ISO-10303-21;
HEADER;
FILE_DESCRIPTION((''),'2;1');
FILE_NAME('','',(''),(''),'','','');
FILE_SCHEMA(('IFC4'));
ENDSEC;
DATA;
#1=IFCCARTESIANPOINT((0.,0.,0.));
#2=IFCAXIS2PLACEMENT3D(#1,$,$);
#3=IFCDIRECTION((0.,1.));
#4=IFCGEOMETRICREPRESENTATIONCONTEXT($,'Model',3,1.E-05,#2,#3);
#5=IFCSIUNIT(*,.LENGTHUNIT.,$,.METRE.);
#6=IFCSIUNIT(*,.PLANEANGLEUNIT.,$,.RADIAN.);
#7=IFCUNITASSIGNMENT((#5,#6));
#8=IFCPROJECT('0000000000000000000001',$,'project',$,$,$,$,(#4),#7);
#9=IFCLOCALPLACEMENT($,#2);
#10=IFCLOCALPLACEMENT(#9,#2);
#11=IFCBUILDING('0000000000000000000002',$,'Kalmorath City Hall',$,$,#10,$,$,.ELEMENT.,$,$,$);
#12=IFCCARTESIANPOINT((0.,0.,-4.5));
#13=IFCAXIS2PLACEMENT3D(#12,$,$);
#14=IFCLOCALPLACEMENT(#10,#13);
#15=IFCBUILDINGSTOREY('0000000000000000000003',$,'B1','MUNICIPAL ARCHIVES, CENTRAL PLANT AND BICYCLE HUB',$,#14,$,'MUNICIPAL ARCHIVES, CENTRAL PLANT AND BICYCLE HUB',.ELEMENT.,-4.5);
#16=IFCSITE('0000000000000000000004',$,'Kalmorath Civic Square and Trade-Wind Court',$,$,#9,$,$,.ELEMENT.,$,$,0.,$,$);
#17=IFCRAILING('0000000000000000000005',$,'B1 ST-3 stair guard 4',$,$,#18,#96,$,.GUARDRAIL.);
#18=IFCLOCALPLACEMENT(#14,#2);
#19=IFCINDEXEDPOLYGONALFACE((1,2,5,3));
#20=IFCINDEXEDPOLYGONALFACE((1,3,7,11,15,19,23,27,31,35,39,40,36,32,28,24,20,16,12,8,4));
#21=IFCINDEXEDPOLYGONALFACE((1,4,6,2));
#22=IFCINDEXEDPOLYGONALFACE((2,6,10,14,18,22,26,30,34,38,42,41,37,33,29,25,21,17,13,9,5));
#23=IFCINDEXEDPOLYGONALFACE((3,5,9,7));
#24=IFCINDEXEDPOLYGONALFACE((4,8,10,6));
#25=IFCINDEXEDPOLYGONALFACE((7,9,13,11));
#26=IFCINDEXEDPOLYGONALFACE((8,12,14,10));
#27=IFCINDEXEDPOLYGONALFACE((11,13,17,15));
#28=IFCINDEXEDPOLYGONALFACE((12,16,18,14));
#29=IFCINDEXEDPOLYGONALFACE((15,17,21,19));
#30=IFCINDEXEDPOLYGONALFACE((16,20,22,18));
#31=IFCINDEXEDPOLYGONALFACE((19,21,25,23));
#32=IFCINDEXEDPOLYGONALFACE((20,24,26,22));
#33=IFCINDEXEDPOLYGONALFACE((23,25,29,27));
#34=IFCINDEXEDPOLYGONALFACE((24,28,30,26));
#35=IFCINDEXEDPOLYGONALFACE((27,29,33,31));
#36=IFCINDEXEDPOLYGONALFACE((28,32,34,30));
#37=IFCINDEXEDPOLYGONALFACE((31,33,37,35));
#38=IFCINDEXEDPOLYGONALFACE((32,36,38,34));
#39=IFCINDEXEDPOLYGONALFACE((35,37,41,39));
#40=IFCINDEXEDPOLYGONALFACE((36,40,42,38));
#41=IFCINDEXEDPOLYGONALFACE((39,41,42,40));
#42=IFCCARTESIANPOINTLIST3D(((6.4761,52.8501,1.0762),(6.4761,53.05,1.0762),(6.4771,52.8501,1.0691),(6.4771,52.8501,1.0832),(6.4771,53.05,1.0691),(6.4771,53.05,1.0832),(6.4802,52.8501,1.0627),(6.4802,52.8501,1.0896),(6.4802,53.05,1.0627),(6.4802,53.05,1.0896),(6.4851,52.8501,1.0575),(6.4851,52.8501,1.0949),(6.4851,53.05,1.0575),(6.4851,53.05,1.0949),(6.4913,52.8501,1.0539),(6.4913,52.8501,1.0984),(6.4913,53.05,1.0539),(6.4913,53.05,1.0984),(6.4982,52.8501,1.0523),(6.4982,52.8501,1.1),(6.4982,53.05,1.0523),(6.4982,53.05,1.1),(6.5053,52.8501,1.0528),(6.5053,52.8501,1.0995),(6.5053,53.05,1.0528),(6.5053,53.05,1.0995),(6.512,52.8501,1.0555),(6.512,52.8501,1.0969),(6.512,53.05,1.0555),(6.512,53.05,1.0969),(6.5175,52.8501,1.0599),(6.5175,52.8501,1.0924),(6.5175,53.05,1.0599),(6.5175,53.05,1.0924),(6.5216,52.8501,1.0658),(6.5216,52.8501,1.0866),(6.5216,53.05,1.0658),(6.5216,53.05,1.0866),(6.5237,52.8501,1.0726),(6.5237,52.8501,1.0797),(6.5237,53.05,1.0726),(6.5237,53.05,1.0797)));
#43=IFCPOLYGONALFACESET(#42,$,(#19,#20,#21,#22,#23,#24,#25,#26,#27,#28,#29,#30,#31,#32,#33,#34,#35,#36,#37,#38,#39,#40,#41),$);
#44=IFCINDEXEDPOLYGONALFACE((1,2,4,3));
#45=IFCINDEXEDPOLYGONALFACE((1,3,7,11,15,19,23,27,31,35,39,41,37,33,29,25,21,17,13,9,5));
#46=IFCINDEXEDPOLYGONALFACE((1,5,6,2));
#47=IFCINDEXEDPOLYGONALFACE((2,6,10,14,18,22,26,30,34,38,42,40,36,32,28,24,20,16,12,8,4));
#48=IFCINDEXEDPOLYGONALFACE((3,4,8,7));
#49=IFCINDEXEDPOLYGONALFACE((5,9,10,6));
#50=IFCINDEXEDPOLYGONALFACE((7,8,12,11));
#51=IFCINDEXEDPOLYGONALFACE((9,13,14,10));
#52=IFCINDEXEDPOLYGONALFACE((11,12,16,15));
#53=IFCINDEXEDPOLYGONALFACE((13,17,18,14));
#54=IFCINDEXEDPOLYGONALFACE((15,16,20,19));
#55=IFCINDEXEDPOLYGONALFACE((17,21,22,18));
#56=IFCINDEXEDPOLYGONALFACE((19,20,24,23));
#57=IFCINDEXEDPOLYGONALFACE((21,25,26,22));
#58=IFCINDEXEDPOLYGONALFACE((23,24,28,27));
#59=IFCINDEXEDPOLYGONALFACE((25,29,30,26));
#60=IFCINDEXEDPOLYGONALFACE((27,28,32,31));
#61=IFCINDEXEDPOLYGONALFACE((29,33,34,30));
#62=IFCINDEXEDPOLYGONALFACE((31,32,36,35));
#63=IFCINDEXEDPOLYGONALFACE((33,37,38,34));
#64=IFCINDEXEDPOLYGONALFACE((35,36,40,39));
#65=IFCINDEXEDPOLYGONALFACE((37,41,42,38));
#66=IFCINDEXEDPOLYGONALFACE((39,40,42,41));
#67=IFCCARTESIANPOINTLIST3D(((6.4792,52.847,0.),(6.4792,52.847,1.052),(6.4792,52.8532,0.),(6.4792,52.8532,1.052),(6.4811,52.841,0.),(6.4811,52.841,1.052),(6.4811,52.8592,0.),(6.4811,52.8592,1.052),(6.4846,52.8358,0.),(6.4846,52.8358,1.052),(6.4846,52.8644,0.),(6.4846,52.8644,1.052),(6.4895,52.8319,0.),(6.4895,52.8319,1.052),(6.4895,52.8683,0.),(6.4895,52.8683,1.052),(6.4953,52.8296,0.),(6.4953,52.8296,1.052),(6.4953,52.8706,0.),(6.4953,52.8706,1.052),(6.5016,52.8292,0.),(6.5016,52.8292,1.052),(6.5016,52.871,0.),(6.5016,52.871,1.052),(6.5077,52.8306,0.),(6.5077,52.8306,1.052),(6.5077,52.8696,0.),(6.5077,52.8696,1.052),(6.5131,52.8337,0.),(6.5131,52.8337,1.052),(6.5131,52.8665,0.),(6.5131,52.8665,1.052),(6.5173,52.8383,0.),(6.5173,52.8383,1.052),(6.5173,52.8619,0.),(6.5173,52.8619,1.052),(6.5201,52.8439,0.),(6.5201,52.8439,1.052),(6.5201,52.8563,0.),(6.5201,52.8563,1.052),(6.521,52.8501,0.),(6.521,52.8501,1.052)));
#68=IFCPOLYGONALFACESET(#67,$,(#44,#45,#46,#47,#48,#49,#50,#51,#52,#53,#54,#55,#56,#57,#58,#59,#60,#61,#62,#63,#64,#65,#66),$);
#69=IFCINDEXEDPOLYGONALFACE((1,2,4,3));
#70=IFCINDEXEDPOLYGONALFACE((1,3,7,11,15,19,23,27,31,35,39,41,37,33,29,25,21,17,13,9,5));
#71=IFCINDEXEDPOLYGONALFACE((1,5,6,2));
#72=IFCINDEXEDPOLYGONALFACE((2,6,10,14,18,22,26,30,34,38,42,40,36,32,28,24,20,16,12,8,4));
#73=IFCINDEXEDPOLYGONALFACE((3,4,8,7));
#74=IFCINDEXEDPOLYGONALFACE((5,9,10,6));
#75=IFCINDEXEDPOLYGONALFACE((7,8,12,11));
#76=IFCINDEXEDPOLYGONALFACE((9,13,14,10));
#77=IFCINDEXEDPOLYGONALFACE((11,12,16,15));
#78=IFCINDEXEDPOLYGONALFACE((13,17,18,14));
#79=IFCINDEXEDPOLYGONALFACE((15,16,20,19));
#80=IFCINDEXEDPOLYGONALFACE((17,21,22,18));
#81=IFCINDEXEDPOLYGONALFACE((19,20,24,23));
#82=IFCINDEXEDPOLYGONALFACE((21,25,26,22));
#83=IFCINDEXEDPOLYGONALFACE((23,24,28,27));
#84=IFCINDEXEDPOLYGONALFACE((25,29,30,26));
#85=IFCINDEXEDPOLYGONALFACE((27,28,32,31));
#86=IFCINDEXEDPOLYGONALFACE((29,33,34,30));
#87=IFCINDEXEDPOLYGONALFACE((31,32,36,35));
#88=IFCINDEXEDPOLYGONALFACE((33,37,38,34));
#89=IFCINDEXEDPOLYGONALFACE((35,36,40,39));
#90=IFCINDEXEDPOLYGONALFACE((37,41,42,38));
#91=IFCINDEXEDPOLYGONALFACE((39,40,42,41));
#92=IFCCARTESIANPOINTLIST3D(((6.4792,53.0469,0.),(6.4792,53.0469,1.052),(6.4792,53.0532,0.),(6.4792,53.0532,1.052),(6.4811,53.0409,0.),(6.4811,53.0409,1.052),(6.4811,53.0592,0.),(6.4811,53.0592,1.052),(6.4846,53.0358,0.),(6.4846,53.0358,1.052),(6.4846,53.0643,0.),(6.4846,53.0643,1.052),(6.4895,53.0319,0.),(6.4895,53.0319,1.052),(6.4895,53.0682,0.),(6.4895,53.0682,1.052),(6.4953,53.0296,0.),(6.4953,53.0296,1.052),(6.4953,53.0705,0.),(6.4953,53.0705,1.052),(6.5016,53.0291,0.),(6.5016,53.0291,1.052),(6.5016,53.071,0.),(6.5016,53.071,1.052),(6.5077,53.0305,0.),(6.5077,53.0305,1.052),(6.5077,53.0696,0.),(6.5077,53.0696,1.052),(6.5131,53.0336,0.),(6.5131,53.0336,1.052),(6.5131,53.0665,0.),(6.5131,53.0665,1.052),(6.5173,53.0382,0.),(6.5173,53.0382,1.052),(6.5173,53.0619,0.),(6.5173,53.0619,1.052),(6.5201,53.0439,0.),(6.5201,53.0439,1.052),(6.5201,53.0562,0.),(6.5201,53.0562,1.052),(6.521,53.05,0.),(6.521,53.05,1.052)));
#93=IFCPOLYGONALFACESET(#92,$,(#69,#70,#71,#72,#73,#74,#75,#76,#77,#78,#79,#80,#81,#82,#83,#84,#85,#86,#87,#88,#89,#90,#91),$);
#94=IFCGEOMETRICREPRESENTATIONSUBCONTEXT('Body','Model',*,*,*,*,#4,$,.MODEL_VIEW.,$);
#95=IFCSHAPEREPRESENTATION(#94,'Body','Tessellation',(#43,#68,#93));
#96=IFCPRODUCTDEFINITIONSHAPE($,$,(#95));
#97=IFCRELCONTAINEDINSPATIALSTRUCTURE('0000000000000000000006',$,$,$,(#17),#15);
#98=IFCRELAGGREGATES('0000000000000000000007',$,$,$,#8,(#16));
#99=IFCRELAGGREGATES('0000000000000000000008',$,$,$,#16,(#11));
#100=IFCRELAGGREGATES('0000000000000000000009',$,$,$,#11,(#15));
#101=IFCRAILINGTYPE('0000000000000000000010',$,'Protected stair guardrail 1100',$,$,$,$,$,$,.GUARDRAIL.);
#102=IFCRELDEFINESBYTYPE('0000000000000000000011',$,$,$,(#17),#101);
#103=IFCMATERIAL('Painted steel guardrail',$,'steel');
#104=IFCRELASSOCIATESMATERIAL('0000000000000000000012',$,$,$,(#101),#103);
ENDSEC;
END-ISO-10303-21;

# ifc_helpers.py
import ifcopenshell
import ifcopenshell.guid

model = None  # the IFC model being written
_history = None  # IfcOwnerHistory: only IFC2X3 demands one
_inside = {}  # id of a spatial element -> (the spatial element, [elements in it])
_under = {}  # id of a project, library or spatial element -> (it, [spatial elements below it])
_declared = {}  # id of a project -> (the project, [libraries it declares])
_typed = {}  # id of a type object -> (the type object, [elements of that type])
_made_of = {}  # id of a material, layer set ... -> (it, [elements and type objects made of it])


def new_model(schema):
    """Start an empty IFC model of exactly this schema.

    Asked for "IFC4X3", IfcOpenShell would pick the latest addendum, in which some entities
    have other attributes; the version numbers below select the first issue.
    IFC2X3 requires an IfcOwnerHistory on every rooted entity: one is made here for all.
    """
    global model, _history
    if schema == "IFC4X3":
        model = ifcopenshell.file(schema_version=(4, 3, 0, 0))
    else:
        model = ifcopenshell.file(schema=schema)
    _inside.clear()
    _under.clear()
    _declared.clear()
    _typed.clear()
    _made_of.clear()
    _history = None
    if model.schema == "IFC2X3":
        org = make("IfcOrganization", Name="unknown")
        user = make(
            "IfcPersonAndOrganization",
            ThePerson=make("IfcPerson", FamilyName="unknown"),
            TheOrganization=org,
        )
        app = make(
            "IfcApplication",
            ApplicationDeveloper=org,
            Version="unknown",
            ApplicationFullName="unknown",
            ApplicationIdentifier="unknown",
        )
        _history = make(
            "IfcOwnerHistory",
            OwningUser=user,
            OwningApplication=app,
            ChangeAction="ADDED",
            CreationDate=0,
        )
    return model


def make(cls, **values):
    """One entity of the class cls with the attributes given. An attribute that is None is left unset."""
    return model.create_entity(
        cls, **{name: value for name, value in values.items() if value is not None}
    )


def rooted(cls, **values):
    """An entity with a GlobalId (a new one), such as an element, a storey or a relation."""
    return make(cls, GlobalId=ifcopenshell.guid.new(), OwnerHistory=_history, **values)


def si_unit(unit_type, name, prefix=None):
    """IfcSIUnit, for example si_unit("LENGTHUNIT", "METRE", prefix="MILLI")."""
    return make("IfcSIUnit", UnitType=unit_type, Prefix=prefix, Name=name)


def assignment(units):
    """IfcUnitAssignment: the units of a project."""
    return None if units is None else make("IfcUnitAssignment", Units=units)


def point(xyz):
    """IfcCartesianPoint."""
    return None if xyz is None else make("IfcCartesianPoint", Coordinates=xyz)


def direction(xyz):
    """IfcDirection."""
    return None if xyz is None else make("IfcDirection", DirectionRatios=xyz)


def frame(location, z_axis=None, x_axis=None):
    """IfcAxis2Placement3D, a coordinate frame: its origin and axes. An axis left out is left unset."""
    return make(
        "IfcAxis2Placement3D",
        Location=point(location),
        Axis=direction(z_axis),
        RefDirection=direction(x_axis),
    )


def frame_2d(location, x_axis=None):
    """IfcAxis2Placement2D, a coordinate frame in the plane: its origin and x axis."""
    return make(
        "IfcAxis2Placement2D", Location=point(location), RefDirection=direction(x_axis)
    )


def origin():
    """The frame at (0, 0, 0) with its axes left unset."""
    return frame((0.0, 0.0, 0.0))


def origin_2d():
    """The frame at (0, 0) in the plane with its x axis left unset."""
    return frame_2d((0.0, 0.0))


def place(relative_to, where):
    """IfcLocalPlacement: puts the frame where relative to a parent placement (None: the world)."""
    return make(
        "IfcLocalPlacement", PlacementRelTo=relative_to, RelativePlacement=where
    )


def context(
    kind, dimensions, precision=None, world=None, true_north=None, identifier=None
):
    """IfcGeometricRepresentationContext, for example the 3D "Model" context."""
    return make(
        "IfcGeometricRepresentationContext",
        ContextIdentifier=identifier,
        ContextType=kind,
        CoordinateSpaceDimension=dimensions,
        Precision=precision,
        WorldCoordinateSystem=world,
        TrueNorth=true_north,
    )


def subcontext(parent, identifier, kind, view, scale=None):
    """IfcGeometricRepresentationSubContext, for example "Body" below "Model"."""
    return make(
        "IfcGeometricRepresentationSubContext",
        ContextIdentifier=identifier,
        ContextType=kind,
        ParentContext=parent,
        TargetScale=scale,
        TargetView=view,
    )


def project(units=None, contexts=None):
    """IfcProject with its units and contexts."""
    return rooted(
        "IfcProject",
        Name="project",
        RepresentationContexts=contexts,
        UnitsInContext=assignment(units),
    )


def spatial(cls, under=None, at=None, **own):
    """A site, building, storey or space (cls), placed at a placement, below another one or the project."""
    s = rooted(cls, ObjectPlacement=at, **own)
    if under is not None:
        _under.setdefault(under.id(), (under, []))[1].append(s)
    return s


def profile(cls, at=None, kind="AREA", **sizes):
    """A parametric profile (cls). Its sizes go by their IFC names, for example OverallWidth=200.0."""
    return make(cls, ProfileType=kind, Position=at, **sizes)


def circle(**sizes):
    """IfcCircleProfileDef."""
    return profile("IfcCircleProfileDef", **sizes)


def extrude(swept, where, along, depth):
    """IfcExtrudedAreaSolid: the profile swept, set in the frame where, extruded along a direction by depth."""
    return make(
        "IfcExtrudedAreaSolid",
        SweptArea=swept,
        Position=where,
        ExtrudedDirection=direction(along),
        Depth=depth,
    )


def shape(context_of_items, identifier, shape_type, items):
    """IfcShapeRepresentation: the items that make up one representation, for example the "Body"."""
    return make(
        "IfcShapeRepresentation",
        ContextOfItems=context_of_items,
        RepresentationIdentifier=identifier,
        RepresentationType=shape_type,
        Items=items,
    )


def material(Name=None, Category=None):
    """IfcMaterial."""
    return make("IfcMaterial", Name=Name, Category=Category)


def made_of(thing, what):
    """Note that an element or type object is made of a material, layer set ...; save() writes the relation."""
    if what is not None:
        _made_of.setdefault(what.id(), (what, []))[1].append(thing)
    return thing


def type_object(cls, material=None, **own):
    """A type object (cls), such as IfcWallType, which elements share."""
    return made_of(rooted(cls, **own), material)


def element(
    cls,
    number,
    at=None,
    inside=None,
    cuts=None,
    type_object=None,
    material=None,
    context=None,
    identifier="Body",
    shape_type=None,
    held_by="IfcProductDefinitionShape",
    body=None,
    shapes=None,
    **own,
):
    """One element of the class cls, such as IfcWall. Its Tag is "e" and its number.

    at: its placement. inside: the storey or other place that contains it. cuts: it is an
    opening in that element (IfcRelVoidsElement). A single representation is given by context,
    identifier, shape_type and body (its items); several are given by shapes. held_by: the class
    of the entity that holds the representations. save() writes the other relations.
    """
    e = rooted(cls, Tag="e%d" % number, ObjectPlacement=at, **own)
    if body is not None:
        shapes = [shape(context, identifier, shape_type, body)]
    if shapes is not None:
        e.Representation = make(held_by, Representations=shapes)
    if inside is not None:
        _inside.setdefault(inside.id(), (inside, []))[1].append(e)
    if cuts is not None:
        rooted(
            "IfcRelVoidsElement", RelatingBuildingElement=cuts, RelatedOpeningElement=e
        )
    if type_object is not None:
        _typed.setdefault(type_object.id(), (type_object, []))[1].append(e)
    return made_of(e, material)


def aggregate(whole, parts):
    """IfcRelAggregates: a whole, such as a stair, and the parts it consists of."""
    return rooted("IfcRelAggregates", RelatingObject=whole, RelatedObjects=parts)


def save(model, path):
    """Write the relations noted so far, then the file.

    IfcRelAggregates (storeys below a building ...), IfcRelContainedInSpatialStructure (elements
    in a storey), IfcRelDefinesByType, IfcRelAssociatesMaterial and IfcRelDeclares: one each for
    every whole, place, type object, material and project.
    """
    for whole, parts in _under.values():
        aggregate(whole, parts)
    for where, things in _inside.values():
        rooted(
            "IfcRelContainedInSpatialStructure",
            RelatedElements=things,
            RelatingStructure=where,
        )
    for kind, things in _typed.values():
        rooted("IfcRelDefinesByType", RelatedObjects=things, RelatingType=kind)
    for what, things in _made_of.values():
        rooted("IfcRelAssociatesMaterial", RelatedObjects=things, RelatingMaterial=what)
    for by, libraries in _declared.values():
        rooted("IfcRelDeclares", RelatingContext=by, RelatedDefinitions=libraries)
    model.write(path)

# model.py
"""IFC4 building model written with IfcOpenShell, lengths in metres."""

from ifc_helpers import new_model, si_unit, direction, frame, origin, origin_2d, place, context, subcontext, project, spatial, circle, extrude, material, type_object, element, save


model = new_model("IFC4")

# Units and contexts
model_context = context("Model", 3, precision=1e-05, world=origin(), true_north=direction((0.0, 1.0)))
body_context = subcontext(model_context, "Body", "Model", "MODEL_VIEW")
ifc_project = project(units=[si_unit("LENGTHUNIT", "METRE"), si_unit("PLANEANGLEUNIT", "RADIAN")], contexts=[model_context])

# Site, building, storey
site_placement = place(None, origin())
site = spatial("IfcSite", under=ifc_project, at=site_placement, Name="Kalmorath Civic Square and Trade-Wind Court", CompositionType="ELEMENT", RefElevation=0.0)
building_placement = place(site_placement, origin())
building = spatial("IfcBuilding", under=site, at=building_placement, Name="Kalmorath City Hall", CompositionType="ELEMENT")
storey_placement = place(building_placement, frame((0.0, 0.0, -4.5)))
storey = spatial("IfcBuildingStorey", under=building, at=storey_placement, Name="B1", Description="MUNICIPAL ARCHIVES, CENTRAL PLANT AND BICYCLE HUB", LongName="MUNICIPAL ARCHIVES, CENTRAL PLANT AND BICYCLE HUB", CompositionType="ELEMENT", Elevation=-4.5)

# Railing
ifc_material_1 = material(Name="Painted steel guardrail", Category="steel")
railing_type_1 = type_object("IfcRailingType", Name="Protected stair guardrail 1100", PredefinedType="GUARDRAIL", material=ifc_material_1)
railing_1_placement = place(storey_placement, frame((6.5, 52.8501, 0.0)))
element("IfcRailing", 1, at=railing_1_placement, inside=storey, type_object=railing_type_1, Name="B1 ST-3 stair guard 4", PredefinedType="GUARDRAIL", context=body_context, shape_type="SweptSolid", body=[
    extrude(circle(Radius=0.0239, at=origin_2d()), frame((0.0, 0.0, 1.0762), z_axis=(0.0, 1.0, 0.0), x_axis=(-1.0, 0.0, 0.0)), (0.0, 0.0, 1.0), 0.2),
    extrude(circle(Radius=0.021, at=origin_2d()), origin(), (0.0, 0.0, 1.0), 1.052),
    extrude(circle(Radius=0.021, at=origin_2d()), frame((0.0, 0.2, 0.0)), (0.0, 0.0, 1.0), 1.052),
])

save(model, "model.ifc")
